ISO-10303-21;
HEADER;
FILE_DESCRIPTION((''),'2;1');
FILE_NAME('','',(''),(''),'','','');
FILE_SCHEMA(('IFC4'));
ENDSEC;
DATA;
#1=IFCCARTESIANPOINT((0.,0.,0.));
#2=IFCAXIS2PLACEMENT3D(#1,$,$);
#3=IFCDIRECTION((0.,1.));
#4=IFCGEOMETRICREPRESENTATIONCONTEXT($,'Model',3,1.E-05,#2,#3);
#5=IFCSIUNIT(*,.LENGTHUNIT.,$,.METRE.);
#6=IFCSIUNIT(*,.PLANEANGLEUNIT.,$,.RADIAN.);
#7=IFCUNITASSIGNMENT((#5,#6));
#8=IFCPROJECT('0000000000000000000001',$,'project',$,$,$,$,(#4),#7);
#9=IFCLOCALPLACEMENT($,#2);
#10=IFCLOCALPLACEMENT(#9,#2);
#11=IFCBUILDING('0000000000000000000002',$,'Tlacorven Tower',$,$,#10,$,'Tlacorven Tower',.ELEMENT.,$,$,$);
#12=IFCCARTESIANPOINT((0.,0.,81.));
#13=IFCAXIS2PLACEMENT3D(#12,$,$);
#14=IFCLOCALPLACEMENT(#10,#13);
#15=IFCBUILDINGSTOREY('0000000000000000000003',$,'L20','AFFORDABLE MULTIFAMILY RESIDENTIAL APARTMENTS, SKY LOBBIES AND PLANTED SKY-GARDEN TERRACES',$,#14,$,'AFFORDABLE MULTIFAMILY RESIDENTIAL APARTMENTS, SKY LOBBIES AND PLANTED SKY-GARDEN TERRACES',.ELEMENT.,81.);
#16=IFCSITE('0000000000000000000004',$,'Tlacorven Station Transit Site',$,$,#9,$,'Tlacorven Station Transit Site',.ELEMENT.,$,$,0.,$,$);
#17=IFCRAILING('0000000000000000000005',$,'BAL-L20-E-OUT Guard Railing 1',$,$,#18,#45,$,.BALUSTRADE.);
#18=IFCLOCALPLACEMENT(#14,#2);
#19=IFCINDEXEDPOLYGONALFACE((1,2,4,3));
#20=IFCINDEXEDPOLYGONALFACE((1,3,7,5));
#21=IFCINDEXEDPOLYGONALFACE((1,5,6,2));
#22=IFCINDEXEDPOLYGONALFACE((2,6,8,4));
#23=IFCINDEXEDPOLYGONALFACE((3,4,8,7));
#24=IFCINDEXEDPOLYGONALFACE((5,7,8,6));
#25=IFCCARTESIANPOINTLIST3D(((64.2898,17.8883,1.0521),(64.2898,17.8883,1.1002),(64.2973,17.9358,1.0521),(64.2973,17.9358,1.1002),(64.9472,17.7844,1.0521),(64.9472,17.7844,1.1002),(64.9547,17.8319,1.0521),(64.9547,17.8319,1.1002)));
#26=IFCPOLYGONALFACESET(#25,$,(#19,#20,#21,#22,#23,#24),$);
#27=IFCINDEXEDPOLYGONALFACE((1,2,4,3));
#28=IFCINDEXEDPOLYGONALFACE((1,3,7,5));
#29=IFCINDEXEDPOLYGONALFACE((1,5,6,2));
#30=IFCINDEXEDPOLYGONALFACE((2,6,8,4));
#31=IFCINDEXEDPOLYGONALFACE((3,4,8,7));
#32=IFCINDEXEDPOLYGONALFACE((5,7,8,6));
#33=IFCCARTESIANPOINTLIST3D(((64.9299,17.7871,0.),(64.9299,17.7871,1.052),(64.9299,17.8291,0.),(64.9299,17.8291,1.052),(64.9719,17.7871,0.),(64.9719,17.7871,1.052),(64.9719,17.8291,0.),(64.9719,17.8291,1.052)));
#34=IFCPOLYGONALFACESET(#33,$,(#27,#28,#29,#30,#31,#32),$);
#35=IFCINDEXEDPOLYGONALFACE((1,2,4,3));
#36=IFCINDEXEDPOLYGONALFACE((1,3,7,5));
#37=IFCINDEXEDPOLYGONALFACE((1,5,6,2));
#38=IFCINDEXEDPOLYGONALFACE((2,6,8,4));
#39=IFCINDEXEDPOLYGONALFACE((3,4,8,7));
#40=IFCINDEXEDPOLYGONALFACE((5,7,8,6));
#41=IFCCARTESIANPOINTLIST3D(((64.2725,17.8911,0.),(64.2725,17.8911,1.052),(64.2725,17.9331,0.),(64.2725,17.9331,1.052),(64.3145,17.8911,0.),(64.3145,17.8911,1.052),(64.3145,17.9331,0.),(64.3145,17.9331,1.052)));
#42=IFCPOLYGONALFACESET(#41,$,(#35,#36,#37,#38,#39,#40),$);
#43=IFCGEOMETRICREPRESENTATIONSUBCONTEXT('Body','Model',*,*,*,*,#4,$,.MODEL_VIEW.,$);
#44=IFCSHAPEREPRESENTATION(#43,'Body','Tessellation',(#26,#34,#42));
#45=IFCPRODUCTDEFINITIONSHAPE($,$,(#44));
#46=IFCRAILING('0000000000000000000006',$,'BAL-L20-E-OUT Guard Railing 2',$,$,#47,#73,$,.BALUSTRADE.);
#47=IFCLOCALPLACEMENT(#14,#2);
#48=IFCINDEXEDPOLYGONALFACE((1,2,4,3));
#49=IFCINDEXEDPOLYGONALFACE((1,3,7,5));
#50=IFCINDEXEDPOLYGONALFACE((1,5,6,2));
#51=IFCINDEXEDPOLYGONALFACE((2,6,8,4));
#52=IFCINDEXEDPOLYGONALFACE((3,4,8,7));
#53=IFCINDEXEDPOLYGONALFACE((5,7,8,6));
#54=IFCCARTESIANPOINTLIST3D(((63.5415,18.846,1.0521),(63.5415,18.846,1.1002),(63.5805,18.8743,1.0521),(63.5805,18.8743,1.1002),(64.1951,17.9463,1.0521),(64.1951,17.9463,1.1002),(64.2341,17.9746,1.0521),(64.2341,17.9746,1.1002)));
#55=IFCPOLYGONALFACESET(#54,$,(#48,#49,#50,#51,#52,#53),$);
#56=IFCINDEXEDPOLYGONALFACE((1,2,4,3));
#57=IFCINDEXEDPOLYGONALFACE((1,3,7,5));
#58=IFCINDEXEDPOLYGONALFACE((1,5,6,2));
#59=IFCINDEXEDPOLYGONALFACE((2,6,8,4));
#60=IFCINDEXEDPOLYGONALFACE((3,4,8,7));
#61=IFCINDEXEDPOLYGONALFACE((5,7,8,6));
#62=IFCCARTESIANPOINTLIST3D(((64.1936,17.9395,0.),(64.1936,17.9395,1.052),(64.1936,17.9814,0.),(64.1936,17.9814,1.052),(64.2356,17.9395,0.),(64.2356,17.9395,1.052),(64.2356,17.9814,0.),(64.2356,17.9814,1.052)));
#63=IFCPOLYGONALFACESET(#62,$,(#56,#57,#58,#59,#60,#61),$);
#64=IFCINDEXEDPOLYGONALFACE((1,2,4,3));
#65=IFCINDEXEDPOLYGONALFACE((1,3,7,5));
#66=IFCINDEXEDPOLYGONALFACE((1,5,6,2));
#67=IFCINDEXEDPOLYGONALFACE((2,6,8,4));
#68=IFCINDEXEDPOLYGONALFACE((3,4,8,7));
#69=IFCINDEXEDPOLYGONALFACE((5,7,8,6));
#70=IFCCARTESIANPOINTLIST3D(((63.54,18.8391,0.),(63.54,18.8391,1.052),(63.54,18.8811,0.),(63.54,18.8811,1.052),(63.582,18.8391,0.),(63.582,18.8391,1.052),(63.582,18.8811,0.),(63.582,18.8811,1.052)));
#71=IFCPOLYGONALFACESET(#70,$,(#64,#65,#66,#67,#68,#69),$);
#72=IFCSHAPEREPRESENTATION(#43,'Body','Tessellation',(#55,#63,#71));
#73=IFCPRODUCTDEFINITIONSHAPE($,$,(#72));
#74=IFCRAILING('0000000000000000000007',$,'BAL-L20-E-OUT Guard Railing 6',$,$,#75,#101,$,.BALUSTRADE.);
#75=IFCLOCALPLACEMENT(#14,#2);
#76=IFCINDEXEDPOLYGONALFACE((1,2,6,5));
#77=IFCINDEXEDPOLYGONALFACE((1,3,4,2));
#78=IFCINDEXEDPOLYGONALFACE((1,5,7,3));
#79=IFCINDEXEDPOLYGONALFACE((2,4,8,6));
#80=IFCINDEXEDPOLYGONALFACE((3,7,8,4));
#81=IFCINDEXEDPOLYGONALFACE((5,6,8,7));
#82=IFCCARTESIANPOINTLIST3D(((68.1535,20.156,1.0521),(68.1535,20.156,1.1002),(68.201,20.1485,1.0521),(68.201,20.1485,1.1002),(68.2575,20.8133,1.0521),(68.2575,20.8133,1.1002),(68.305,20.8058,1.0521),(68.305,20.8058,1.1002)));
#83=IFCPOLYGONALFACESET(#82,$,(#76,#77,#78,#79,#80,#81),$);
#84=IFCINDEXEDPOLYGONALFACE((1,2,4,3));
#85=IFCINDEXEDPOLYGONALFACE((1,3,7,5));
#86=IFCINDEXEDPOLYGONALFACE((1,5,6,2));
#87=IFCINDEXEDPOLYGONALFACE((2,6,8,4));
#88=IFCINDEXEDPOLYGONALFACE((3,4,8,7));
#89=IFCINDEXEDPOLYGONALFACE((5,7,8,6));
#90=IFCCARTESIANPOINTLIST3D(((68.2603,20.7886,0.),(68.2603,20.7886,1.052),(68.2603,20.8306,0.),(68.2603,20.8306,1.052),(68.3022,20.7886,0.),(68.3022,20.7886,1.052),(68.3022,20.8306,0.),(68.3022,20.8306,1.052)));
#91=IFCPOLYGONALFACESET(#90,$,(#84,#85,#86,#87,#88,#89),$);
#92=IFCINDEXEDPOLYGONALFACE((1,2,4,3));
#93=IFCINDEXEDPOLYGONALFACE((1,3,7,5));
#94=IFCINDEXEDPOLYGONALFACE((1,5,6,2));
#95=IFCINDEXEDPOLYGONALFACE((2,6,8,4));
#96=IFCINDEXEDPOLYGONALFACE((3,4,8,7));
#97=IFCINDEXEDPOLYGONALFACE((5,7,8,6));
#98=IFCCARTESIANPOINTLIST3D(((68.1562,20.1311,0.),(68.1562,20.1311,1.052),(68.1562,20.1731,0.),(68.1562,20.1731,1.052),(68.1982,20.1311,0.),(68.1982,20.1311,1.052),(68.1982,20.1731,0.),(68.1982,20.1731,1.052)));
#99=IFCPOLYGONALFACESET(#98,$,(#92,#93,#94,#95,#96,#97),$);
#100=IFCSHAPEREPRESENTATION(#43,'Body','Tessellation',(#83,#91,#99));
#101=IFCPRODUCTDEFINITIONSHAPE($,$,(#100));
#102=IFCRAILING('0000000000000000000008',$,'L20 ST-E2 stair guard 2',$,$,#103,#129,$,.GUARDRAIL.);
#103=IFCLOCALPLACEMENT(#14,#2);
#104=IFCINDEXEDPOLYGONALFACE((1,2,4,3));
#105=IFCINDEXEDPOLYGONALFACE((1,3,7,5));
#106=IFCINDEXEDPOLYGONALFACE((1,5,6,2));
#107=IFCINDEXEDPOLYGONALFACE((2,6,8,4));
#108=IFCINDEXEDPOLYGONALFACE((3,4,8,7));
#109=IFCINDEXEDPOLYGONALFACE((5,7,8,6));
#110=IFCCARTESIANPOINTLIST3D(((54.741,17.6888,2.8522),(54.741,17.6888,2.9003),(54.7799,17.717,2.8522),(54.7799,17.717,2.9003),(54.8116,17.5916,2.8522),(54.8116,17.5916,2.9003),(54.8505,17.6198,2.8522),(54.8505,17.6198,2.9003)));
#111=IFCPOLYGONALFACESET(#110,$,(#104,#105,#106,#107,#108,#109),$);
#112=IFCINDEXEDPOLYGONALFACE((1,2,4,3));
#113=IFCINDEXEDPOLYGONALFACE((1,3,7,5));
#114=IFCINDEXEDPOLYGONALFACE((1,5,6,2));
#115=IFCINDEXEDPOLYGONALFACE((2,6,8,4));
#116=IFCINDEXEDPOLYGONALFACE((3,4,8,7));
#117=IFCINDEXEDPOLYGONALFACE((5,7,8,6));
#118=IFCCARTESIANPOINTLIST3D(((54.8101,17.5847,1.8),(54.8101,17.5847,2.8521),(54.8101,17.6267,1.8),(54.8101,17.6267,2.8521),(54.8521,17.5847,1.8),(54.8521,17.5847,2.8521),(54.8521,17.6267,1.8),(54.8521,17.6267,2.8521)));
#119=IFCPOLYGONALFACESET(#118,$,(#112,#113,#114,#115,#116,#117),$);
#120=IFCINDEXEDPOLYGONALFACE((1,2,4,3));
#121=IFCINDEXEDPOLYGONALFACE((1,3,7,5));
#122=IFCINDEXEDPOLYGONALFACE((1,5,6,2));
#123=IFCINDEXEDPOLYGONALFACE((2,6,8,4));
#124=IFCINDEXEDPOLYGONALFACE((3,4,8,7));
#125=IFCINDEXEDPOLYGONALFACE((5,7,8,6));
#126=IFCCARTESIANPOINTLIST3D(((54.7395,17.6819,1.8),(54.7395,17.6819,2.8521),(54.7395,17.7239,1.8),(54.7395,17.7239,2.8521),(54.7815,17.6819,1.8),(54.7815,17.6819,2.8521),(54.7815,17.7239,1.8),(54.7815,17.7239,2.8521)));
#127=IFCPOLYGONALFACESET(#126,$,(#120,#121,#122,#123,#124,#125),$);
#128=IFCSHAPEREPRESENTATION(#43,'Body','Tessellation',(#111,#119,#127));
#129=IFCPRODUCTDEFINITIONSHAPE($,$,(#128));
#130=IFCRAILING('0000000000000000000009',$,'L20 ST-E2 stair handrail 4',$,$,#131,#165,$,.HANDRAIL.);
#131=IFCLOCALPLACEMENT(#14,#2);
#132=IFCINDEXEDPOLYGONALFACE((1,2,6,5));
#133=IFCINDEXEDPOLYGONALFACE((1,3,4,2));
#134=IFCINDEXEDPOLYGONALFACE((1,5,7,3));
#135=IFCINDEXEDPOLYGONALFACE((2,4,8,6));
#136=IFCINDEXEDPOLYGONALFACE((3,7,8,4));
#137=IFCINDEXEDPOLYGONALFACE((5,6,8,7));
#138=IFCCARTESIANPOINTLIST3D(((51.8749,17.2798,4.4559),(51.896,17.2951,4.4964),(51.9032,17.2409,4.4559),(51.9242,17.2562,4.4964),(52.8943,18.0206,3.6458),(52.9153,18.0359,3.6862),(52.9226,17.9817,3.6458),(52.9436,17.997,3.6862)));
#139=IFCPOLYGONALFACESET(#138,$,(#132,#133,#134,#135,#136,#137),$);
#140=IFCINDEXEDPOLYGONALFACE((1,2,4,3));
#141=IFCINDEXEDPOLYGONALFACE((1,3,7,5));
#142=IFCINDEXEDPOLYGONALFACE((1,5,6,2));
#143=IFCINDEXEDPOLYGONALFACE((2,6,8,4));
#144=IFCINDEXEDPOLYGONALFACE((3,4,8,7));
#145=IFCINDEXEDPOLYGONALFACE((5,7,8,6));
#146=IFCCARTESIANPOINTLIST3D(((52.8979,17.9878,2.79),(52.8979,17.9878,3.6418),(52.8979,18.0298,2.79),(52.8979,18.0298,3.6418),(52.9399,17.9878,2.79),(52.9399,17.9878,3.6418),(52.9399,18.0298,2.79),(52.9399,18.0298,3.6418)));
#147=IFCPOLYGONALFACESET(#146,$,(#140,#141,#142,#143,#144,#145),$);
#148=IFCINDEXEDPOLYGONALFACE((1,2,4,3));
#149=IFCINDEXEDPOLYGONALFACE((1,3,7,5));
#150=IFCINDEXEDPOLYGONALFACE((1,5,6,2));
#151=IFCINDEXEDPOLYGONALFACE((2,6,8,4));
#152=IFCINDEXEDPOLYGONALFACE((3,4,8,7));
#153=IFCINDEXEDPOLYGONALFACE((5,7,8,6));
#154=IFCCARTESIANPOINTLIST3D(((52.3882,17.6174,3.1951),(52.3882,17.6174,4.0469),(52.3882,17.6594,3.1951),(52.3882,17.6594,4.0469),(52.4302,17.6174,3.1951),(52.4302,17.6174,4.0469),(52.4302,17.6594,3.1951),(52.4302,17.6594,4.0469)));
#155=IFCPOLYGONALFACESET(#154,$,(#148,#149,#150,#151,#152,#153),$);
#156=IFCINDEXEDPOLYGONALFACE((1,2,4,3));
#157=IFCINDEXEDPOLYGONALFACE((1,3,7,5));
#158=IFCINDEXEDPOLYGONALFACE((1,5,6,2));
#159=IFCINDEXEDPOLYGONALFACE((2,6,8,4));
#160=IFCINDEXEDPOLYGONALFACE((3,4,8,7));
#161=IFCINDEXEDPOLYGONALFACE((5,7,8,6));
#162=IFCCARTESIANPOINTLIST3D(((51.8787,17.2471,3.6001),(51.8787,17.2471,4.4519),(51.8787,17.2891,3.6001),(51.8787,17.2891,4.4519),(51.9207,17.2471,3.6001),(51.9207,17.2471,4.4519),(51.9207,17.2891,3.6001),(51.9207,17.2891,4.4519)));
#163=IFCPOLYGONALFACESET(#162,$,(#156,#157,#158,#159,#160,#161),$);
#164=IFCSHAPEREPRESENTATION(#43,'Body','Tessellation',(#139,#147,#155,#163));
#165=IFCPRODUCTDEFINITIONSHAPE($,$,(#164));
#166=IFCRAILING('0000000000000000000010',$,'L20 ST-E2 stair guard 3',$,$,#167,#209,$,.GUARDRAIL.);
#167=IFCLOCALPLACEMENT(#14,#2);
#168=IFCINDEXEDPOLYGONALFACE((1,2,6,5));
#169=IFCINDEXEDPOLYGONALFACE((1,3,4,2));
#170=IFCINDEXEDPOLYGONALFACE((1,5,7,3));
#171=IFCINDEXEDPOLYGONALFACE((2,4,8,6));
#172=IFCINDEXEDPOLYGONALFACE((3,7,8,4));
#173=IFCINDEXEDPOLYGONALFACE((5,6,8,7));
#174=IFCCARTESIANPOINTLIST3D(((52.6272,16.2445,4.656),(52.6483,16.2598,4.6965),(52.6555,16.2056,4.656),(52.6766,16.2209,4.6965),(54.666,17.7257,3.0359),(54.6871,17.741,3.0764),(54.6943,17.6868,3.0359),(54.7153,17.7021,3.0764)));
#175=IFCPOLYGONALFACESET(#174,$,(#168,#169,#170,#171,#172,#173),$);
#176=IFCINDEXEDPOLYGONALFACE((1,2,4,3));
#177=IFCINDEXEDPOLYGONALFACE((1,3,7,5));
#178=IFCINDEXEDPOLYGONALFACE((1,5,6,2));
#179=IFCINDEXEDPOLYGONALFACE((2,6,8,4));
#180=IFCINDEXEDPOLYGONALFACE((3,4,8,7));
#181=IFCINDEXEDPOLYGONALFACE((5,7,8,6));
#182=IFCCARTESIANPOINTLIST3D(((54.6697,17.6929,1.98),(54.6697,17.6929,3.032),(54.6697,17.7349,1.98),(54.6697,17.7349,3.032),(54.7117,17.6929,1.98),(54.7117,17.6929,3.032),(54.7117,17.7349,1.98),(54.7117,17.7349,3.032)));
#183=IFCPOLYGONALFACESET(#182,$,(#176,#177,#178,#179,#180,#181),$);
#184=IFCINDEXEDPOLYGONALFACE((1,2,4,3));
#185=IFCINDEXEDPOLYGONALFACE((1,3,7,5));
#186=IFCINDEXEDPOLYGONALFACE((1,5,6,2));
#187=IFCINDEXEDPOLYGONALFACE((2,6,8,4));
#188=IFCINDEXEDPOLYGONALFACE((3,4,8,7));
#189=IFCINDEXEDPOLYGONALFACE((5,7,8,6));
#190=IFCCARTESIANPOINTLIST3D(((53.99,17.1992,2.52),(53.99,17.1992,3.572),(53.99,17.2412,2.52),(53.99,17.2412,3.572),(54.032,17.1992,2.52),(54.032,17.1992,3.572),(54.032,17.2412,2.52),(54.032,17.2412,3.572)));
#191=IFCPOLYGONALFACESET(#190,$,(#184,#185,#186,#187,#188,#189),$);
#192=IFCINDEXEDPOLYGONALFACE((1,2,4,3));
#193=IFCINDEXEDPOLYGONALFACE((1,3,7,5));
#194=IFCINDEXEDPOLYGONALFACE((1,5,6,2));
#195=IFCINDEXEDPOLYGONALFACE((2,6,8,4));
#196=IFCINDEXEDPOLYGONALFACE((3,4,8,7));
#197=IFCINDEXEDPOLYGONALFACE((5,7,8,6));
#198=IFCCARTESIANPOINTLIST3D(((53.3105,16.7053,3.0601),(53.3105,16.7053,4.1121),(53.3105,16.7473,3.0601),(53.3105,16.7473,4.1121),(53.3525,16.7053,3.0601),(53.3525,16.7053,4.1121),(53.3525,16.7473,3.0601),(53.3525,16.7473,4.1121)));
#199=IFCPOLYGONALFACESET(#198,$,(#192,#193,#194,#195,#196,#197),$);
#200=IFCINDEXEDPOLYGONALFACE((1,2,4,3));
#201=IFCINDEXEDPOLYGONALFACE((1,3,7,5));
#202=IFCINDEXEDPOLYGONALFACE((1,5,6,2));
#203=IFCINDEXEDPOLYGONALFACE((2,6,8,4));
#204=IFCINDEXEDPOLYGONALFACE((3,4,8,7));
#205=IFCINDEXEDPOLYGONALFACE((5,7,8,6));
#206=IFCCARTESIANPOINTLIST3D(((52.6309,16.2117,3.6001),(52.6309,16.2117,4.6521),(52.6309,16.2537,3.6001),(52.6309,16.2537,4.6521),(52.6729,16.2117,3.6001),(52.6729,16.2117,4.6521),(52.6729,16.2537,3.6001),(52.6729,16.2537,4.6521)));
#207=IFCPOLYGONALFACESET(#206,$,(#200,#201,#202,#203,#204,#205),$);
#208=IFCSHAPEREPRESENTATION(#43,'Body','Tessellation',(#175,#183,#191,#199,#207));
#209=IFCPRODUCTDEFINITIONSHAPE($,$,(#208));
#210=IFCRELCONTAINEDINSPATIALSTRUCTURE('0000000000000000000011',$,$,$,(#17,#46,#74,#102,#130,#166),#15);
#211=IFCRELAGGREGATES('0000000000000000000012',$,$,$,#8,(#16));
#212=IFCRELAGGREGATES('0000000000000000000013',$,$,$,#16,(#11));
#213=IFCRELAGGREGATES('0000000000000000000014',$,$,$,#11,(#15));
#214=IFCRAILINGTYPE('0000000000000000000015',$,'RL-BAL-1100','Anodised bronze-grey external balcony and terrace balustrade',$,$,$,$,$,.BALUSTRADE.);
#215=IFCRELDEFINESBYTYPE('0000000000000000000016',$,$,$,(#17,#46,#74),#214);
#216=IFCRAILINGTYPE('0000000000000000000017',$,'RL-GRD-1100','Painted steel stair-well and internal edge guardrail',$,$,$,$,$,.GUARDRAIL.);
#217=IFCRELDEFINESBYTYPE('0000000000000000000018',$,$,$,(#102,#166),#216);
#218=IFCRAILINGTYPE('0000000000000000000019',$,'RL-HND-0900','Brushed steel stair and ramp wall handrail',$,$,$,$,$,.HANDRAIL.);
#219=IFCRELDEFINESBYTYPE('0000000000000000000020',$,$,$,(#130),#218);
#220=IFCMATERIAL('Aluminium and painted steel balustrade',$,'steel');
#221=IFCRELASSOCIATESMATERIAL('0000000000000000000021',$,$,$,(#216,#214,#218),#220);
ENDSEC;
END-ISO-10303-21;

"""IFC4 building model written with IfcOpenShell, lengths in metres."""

from ifc_helpers import new_model, si_unit, direction, frame, origin, origin_2d, place, context, subcontext, project, spatial, rectangle, extrude, source, transform, mapped, material, type_object, element, save


model = new_model("IFC4")

# Units and contexts
model_context = context("Model", 3, precision=1e-05, world=origin(), true_north=direction((0.0, 1.0)))
body_context = subcontext(model_context, "Body", "Model", "MODEL_VIEW")
ifc_project = project(units=[si_unit("LENGTHUNIT", "METRE"), si_unit("PLANEANGLEUNIT", "RADIAN")], contexts=[model_context])

# Site, building, storey
site_placement = place(None, origin())
site = spatial("IfcSite", under=ifc_project, at=site_placement, Name="Tlacorven Station Transit Site", LongName="Tlacorven Station Transit Site", CompositionType="ELEMENT", RefElevation=0.0)
building_placement = place(site_placement, origin())
building = spatial("IfcBuilding", under=site, at=building_placement, Name="Tlacorven Tower", LongName="Tlacorven Tower", CompositionType="ELEMENT")
storey_placement = place(building_placement, frame((0.0, 0.0, 81.0)))
storey = spatial("IfcBuildingStorey", under=building, at=storey_placement, Name="L20", Description="AFFORDABLE MULTIFAMILY RESIDENTIAL APARTMENTS, SKY LOBBIES AND PLANTED SKY-GARDEN TERRACES", LongName="AFFORDABLE MULTIFAMILY RESIDENTIAL APARTMENTS, SKY LOBBIES AND PLANTED SKY-GARDEN TERRACES", CompositionType="ELEMENT", Elevation=81.0)

# Railings
ifc_material_1 = material(Name="Aluminium and painted steel balustrade", Category="steel")
railing_type_1 = type_object("IfcRailingType", Name="RL-GRD-1100", Description="Painted steel stair-well and internal edge guardrail", PredefinedType="GUARDRAIL", material=ifc_material_1)
railing_type_2 = type_object("IfcRailingType", Name="RL-BAL-1100", Description="Anodised bronze-grey external balcony and terrace balustrade", PredefinedType="BALUSTRADE", material=ifc_material_1)
shared_shape_1 = source(origin(), body_context, "Body", "SweptSolid", [
    extrude(rectangle(XDim=0.0481, YDim=0.0481, at=origin_2d()), frame((0.0, 0.0, 1.0762), z_axis=(-0.987718, 0.156245, 0.0), x_axis=(-0.156245, -0.987718, 0.0)), (0.0, 0.0, 1.0), 0.6655),
    extrude(rectangle(XDim=0.042, YDim=0.042, at=origin_2d()), origin(), (0.0, 0.0, 1.0), 1.052),
    extrude(rectangle(XDim=0.042, YDim=0.042, at=origin_2d()), frame((-0.6575, 0.104, 0.0)), (0.0, 0.0, 1.0), 1.052),
])
railing_1_placement = place(storey_placement, frame((64.9509, 17.8081, 0.0)))
element("IfcRailing", 1, at=railing_1_placement, inside=storey, type_object=railing_type_2, Name="BAL-L20-E-OUT Guard Railing 1", PredefinedType="BALUSTRADE", context=body_context, shape_type="MappedRepresentation", body=[
    mapped(shared_shape_1, transform((0.0, 0.0, 0.0), scale=1.0)),
])
shared_shape_2 = source(origin(), body_context, "Body", "SweptSolid", [
    extrude(rectangle(XDim=0.0481, YDim=0.0481, at=origin_2d()), frame((0.0, 0.0, 1.0762), z_axis=(-0.587741, 0.809049, 0.0), x_axis=(-0.809049, -0.587741, 0.0)), (0.0, 0.0, 1.0), 1.1121),
    extrude(rectangle(XDim=0.042, YDim=0.042, at=origin_2d()), origin(), (0.0, 0.0, 1.0), 1.052),
    extrude(rectangle(XDim=0.042, YDim=0.042, at=origin_2d()), frame((-0.6536, 0.8997, 0.0)), (0.0, 0.0, 1.0), 1.052),
])
railing_2_placement = place(storey_placement, frame((64.2146, 17.9604, 0.0)))
element("IfcRailing", 2, at=railing_2_placement, inside=storey, type_object=railing_type_2, Name="BAL-L20-E-OUT Guard Railing 2", PredefinedType="BALUSTRADE", context=body_context, shape_type="MappedRepresentation", body=[
    mapped(shared_shape_2, transform((0.0, 0.0, 0.0), scale=1.0)),
])
shared_shape_3 = source(origin(), body_context, "Body", "SweptSolid", [
    extrude(rectangle(XDim=0.0481, YDim=0.0481, at=origin_2d()), frame((0.0, 0.0, 1.0762), z_axis=(-0.156245, -0.987718, 0.0), x_axis=(0.987718, -0.156245, 0.0)), (0.0, 0.0, 1.0), 0.6655),
    extrude(rectangle(XDim=0.042, YDim=0.042, at=origin_2d()), origin(), (0.0, 0.0, 1.0), 1.052),
    extrude(rectangle(XDim=0.042, YDim=0.042, at=origin_2d()), frame((-0.104, -0.6575, 0.0)), (0.0, 0.0, 1.0), 1.052),
])
railing_3_placement = place(storey_placement, frame((68.2812, 20.8096, 0.0)))
element("IfcRailing", 3, at=railing_3_placement, inside=storey, type_object=railing_type_2, Name="BAL-L20-E-OUT Guard Railing 6", PredefinedType="BALUSTRADE", context=body_context, shape_type="MappedRepresentation", body=[
    mapped(shared_shape_3, transform((0.0, 0.0, 0.0), scale=1.0)),
])
shared_shape_4 = source(origin(), body_context, "Body", "SweptSolid", [
    extrude(rectangle(XDim=0.0481, YDim=0.0481, at=origin_2d()), frame((0.0, 0.0, 1.0762), z_axis=(-0.587567, 0.809175, 0.0), x_axis=(-0.809175, -0.587567, 0.0)), (0.0, 0.0, 1.0), 0.1201),
    extrude(rectangle(XDim=0.042, YDim=0.042, at=origin_2d()), origin(), (0.0, 0.0, 1.0), 1.052),
    extrude(rectangle(XDim=0.042, YDim=0.042, at=origin_2d()), frame((-0.0706, 0.0972, 0.0)), (0.0, 0.0, 1.0), 1.052),
])
railing_4_placement = place(storey_placement, frame((54.8311, 17.6057, 1.8)))
element("IfcRailing", 4, at=railing_4_placement, inside=storey, type_object=railing_type_1, Name="L20 ST-E2 stair guard 2", PredefinedType="GUARDRAIL", context=body_context, shape_type="MappedRepresentation", body=[
    mapped(shared_shape_4, transform((0.0, 0.0, 0.0), scale=1.0)),
])
railing_type_3 = type_object("IfcRailingType", Name="RL-HND-0900", Description="Brushed steel stair and ramp wall handrail", PredefinedType="HANDRAIL", material=ifc_material_1)
shared_shape_5 = source(origin(), body_context, "Body", "SweptSolid", [
    extrude(rectangle(XDim=0.0481, YDim=0.0481, at=origin_2d()), frame((0.0, 0.0, 0.876), z_axis=(-0.680461, -0.494496, 0.540783), x_axis=(0.587872, -0.808954, 0.0)), (0.0, 0.0, 1.0), 1.498),
    extrude(rectangle(XDim=0.042, YDim=0.042, at=origin_2d()), origin(), (0.0, 0.0, 1.0), 0.8518),
    extrude(rectangle(XDim=0.042, YDim=0.042, at=origin_2d()), frame((-0.5098, -0.3704, 0.405)), (0.0, 0.0, 1.0), 0.8518),
    extrude(rectangle(XDim=0.042, YDim=0.042, at=origin_2d()), frame((-1.0193, -0.7407, 0.8101)), (0.0, 0.0, 1.0), 0.8518),
])
railing_5_placement = place(storey_placement, frame((52.9189, 18.0088, 2.79)))
element("IfcRailing", 5, at=railing_5_placement, inside=storey, type_object=railing_type_3, Name="L20 ST-E2 stair handrail 4", PredefinedType="HANDRAIL", context=body_context, shape_type="MappedRepresentation", body=[
    mapped(shared_shape_5, transform((0.0, 0.0, 0.0), scale=1.0)),
])
shared_shape_6 = source(origin(), body_context, "Body", "SweptSolid", [
    extrude(rectangle(XDim=0.0481, YDim=0.0481, at=origin_2d()), frame((0.0, 0.0, 1.0762), z_axis=(-0.680532, -0.494407, 0.540775), x_axis=(0.587763, -0.809033, 0.0)), (0.0, 0.0, 1.0), 2.9958),
    extrude(rectangle(XDim=0.042, YDim=0.042, at=origin_2d()), origin(), (0.0, 0.0, 1.0), 1.052),
    extrude(rectangle(XDim=0.042, YDim=0.042, at=origin_2d()), frame((-0.6797, -0.4937, 0.54)), (0.0, 0.0, 1.0), 1.052),
    extrude(rectangle(XDim=0.042, YDim=0.042, at=origin_2d()), frame((-1.3591, -0.9875, 1.0801)), (0.0, 0.0, 1.0), 1.052),
    extrude(rectangle(XDim=0.042, YDim=0.042, at=origin_2d()), frame((-2.0388, -1.4812, 1.6201)), (0.0, 0.0, 1.0), 1.052),
])
railing_6_placement = place(storey_placement, frame((54.6907, 17.7139, 1.98)))
element("IfcRailing", 6, at=railing_6_placement, inside=storey, type_object=railing_type_1, Name="L20 ST-E2 stair guard 3", PredefinedType="GUARDRAIL", context=body_context, shape_type="MappedRepresentation", body=[
    mapped(shared_shape_6, transform((0.0, 0.0, 0.0), scale=1.0)),
])

save(model, "model.ifc")
